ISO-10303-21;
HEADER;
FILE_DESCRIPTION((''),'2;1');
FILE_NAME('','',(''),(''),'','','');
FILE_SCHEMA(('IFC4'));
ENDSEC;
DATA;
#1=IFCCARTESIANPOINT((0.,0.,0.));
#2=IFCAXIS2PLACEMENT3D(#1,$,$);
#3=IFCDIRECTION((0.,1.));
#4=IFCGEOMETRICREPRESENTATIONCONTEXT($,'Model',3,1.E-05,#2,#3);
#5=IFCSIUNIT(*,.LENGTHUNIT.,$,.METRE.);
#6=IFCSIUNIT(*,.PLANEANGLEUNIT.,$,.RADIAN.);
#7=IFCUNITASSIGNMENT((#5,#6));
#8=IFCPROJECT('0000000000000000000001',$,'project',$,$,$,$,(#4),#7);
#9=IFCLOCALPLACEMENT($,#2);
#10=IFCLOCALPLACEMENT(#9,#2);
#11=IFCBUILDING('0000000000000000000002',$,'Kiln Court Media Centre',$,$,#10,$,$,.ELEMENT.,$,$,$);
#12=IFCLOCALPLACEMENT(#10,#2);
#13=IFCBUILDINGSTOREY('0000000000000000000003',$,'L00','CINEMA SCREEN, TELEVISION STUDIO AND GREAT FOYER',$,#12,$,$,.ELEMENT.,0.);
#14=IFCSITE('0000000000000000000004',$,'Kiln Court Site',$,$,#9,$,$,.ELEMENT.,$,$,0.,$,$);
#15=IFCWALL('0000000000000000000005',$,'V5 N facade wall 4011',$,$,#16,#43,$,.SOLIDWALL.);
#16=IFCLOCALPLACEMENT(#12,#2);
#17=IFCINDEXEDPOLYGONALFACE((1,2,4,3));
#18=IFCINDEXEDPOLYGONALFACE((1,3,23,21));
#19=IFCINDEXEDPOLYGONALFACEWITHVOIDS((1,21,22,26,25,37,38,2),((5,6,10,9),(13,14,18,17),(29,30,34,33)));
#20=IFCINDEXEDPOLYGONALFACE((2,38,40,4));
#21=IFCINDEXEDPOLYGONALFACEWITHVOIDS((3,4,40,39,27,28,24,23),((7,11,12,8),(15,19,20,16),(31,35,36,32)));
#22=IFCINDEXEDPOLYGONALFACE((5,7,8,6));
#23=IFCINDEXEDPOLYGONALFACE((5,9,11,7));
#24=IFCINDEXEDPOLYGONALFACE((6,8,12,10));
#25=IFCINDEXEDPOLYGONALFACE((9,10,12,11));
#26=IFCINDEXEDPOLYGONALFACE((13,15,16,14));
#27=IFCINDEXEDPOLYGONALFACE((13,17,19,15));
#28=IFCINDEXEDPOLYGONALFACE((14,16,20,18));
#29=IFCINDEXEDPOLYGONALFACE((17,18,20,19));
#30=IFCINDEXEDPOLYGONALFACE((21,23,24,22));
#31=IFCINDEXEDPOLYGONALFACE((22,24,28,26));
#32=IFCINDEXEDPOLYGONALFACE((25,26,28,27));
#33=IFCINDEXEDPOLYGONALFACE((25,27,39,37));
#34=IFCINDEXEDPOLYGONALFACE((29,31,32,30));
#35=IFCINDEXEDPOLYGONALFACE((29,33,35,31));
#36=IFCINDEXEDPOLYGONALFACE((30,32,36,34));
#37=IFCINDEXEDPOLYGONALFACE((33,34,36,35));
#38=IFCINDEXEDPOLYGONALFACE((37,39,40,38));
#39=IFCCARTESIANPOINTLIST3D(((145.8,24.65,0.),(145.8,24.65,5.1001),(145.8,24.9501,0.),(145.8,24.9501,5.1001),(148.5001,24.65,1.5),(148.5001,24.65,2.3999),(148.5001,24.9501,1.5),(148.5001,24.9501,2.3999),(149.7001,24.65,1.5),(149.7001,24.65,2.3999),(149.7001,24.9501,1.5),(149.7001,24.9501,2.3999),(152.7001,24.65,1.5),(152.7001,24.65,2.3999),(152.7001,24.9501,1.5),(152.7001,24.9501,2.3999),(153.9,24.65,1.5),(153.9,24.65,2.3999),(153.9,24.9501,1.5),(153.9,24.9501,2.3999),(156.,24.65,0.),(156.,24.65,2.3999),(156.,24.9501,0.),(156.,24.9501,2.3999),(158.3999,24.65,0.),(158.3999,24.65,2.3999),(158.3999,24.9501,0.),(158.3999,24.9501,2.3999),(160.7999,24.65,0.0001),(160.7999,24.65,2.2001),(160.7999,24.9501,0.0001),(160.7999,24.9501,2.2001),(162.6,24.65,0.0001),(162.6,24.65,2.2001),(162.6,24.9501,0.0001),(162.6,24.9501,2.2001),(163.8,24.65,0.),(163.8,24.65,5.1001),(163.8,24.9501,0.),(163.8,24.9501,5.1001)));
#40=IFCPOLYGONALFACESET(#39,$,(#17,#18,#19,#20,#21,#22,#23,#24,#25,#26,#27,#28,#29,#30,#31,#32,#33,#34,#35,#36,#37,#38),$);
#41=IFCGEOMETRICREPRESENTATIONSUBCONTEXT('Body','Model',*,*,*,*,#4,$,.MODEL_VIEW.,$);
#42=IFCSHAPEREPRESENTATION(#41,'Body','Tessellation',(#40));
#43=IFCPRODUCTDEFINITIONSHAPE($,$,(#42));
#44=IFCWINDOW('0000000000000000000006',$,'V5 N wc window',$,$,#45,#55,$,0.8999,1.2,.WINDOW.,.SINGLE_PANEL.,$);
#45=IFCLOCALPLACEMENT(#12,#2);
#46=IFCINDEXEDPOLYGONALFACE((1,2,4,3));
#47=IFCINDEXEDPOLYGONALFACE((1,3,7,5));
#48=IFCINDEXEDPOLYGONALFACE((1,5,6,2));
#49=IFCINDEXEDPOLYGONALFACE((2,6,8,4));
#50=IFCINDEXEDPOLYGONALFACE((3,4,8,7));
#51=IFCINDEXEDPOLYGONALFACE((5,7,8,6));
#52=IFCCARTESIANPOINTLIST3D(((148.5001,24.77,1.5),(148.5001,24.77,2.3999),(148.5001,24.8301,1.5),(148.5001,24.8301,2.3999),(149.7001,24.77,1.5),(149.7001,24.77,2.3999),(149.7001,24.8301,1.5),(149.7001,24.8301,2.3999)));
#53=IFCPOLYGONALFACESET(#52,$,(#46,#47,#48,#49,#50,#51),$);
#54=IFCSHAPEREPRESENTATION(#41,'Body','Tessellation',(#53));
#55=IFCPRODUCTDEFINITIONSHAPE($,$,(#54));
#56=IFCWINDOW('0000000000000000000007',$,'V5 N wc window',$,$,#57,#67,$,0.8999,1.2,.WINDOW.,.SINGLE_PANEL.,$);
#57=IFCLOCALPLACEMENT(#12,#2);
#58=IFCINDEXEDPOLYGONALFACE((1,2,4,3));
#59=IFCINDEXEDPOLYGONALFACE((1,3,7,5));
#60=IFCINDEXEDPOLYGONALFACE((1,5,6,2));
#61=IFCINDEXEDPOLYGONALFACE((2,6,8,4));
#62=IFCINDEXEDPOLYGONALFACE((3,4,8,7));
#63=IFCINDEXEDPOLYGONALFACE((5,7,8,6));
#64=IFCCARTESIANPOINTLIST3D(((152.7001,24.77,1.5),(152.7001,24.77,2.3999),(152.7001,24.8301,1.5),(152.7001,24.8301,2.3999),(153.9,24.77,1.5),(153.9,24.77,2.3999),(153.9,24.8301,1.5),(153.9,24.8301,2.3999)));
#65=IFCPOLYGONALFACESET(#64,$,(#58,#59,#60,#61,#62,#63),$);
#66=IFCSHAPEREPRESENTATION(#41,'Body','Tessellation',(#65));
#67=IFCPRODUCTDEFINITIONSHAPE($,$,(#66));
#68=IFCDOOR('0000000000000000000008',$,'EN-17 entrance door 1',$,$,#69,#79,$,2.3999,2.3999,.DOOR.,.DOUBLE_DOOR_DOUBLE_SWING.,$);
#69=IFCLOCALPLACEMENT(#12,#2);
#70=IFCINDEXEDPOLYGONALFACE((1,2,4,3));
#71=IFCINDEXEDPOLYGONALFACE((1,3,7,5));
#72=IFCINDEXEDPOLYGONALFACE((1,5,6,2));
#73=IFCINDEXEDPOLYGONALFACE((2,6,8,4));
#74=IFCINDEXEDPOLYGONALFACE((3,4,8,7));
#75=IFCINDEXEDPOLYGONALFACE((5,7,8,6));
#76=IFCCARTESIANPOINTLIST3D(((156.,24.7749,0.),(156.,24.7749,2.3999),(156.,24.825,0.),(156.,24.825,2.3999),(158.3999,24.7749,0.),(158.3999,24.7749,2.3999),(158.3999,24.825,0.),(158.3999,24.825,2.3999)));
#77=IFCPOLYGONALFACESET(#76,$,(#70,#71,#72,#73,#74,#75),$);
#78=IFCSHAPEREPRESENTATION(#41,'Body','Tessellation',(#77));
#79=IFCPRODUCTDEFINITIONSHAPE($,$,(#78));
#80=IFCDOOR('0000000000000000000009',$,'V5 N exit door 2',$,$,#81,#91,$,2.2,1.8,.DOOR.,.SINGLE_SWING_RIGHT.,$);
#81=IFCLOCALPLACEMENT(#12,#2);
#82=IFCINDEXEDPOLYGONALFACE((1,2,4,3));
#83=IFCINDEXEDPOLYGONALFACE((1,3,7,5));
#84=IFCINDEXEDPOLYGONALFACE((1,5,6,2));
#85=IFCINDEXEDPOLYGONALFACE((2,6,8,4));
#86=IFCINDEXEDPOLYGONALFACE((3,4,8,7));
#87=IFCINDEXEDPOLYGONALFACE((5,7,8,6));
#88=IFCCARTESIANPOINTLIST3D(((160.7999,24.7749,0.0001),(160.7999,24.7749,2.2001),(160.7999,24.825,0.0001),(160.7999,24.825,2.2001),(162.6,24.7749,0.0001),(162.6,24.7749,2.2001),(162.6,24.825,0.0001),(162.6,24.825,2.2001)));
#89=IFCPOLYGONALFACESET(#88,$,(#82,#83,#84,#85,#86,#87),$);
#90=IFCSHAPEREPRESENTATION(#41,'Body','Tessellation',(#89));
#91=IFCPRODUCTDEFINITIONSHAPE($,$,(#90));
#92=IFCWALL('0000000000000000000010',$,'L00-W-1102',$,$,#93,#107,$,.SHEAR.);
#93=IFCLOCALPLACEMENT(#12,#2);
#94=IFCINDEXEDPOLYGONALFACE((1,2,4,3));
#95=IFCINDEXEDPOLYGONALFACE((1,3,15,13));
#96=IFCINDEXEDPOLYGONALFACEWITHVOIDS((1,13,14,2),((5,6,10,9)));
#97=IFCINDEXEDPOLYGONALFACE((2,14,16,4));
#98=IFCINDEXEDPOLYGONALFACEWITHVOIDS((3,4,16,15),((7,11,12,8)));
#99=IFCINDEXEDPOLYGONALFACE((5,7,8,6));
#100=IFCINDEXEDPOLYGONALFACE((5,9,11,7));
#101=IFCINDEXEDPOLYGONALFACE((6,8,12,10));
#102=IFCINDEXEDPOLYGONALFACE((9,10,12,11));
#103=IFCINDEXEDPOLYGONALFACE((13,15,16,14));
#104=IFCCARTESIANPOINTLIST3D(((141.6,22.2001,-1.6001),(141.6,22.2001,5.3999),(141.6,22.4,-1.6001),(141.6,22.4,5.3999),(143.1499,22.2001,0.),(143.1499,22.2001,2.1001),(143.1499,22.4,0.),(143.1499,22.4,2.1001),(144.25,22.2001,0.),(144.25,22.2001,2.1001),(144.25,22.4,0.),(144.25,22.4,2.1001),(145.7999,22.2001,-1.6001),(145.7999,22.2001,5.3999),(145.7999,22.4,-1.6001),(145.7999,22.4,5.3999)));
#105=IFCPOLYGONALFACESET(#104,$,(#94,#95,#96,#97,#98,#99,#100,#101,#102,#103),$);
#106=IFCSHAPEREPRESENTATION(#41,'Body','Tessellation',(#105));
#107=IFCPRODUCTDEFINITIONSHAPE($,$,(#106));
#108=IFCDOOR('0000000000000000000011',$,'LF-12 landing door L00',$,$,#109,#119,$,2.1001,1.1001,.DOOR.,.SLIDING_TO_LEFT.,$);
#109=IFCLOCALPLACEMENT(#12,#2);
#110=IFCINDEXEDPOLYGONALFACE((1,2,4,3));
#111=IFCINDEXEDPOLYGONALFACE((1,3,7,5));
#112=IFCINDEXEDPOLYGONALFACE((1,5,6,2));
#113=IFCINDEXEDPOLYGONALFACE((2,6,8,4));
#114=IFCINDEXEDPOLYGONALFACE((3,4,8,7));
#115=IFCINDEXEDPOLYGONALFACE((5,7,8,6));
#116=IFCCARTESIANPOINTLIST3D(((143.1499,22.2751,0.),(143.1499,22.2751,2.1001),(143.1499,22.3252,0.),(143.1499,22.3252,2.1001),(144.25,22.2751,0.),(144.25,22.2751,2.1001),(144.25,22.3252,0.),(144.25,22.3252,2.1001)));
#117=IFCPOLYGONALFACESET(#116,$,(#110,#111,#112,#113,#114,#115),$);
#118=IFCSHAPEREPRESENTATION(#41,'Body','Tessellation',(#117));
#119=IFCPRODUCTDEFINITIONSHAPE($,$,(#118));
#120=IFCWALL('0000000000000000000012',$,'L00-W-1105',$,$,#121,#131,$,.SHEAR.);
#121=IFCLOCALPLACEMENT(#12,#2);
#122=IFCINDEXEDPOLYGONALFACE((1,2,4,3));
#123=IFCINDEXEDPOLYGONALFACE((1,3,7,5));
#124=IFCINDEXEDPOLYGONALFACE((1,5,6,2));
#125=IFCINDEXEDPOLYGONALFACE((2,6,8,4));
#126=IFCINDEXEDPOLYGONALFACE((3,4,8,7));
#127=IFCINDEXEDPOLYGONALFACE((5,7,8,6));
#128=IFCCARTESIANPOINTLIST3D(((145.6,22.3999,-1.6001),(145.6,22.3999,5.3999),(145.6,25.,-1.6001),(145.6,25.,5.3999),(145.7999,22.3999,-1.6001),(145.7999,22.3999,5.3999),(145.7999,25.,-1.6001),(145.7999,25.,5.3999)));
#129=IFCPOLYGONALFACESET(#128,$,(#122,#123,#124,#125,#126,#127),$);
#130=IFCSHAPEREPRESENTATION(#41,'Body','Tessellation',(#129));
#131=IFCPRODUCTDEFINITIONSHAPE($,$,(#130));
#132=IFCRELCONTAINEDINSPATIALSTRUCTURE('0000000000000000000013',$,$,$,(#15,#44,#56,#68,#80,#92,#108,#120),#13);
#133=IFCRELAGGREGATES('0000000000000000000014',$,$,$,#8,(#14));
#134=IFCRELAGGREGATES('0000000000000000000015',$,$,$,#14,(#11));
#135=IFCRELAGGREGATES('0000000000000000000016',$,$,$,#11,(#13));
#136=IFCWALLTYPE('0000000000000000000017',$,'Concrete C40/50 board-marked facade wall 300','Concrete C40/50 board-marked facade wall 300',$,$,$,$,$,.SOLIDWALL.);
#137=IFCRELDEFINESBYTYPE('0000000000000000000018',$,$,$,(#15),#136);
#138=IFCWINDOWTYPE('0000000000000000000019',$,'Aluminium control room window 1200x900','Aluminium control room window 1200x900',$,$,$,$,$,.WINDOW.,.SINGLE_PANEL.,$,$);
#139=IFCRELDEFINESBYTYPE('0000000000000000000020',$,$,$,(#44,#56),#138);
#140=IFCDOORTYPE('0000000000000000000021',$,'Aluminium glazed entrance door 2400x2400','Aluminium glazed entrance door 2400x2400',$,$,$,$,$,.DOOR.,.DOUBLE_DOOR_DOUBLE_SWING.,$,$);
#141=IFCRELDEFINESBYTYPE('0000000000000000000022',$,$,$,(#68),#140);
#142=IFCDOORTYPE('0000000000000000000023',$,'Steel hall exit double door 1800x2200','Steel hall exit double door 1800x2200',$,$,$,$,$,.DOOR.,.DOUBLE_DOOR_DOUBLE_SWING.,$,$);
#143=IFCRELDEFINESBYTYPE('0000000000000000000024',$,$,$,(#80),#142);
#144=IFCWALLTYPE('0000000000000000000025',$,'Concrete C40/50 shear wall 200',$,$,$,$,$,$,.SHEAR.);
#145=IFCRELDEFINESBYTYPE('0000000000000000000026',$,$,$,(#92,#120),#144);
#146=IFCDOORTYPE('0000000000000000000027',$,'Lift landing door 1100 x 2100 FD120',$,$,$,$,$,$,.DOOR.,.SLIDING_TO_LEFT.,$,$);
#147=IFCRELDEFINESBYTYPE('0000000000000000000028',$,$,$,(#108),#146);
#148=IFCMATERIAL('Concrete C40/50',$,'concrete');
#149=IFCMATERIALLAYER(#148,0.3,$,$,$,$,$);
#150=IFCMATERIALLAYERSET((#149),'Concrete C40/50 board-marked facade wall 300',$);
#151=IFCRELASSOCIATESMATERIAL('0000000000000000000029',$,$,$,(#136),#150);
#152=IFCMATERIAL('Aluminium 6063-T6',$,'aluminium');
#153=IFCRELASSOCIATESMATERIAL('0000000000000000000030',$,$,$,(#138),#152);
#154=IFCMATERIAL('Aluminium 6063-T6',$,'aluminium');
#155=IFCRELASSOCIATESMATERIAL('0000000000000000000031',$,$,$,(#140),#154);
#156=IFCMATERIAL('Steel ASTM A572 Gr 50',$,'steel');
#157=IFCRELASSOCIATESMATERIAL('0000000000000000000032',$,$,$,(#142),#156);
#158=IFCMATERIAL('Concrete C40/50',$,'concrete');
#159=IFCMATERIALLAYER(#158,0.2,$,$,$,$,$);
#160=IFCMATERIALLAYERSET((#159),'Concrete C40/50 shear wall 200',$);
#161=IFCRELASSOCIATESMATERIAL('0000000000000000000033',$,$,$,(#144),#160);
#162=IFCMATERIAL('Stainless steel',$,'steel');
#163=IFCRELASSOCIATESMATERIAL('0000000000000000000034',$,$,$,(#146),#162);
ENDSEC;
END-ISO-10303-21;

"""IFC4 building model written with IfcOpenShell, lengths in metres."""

from ifc_helpers import new_model, si_unit, direction, frame, frame_2d, origin, place, context, subcontext, project, spatial, rectangle, extrude, material, layer, layer_set, type_object, element, fill, save


model = new_model("IFC4")

# Units and contexts
model_context = context("Model", 3, precision=1e-05, world=origin(), true_north=direction((0.0, 1.0)))
body_context = subcontext(model_context, "Body", "Model", "MODEL_VIEW")
ifc_project = project(units=[si_unit("LENGTHUNIT", "METRE"), si_unit("PLANEANGLEUNIT", "RADIAN")], contexts=[model_context])

# Site, building, storey
site_placement = place(None, origin())
site = spatial("IfcSite", under=ifc_project, at=site_placement, Name="Kiln Court Site", CompositionType="ELEMENT", RefElevation=0.0)
building_placement = place(site_placement, origin())
building = spatial("IfcBuilding", under=site, at=building_placement, Name="Kiln Court Media Centre", CompositionType="ELEMENT")
storey_placement = place(building_placement, origin())
storey = spatial("IfcBuildingStorey", under=building, at=storey_placement, Name="L00", Description="CINEMA SCREEN, TELEVISION STUDIO AND GREAT FOYER", CompositionType="ELEMENT", Elevation=0.0)

# Wall, openings, windows, doors
ifc_material_1 = material(Name="Concrete C40/50", Category="concrete")
ifc_layer_1 = layer(ifc_material_1, 0.3)
ifc_layer_set_1 = layer_set([ifc_layer_1], Name="Concrete C40/50 board-marked facade wall 300")
wall_type_1 = type_object("IfcWallType", Name="Concrete C40/50 board-marked facade wall 300", Description="Concrete C40/50 board-marked facade wall 300", PredefinedType="SOLIDWALL", material=ifc_layer_set_1)
wall_1_placement = place(storey_placement, frame((145.8, 24.8, 0.0), z_axis=(0.0, 0.0, 1.0), x_axis=(1.0, 0.0, 0.0)))
wall_1 = element("IfcWall", 1, at=wall_1_placement, inside=storey, type_object=wall_type_1, Name="V5 N facade wall 4011", PredefinedType="SOLIDWALL", context=body_context, shape_type="SweptSolid", body=[
    extrude(rectangle(XDim=18.0, YDim=0.3, at=frame_2d((9.0, 0.0))), origin(), (0.0, 0.0, 1.0), 5.1001),
])
opening_1_placement = place(wall_1_placement, frame((10.2, 0.0, 0.0)))
opening_1 = element("IfcOpeningElement", 2, at=opening_1_placement, cuts=wall_1, PredefinedType="OPENING", context=body_context, shape_type="SweptSolid", body=[
    extrude(rectangle(XDim=2.3999, YDim=2.3999, at=frame_2d((1.2, 1.2))), frame((0.0, 0.1599, 0.0), z_axis=(0.0, -1.0, 0.0), x_axis=(1.0, 0.0, 0.0)), (0.0, 0.0, 1.0), 0.3201),
])
opening_2_placement = place(wall_1_placement, frame((15.0, 0.0, 0.0)))
opening_2 = element("IfcOpeningElement", 3, at=opening_2_placement, cuts=wall_1, PredefinedType="OPENING", context=body_context, shape_type="SweptSolid", body=[
    extrude(rectangle(XDim=1.8, YDim=2.2, at=frame_2d((0.8999, 1.1001))), frame((0.0, 0.1599, 0.0), z_axis=(0.0, -1.0, 0.0), x_axis=(1.0, 0.0, 0.0)), (0.0, 0.0, 1.0), 0.3201),
])
opening_3_placement = place(wall_1_placement, frame((2.7, 0.0, 1.5)))
opening_3 = element("IfcOpeningElement", 4, at=opening_3_placement, cuts=wall_1, PredefinedType="OPENING", context=body_context, shape_type="SweptSolid", body=[
    extrude(rectangle(XDim=1.2, YDim=0.8999, at=frame_2d((0.6001, 0.45))), frame((0.0, 0.1599, 0.0), z_axis=(0.0, -1.0, 0.0), x_axis=(1.0, 0.0, 0.0)), (0.0, 0.0, 1.0), 0.3201),
])
opening_4_placement = place(wall_1_placement, frame((6.8999, 0.0, 1.5)))
opening_4 = element("IfcOpeningElement", 5, at=opening_4_placement, cuts=wall_1, PredefinedType="OPENING", context=body_context, shape_type="SweptSolid", body=[
    extrude(rectangle(XDim=1.2, YDim=0.8999, at=frame_2d((0.6001, 0.45))), frame((0.0, 0.1599, 0.0), z_axis=(0.0, -1.0, 0.0), x_axis=(1.0, 0.0, 0.0)), (0.0, 0.0, 1.0), 0.3201),
])
ifc_material_2 = material(Name="Aluminium 6063-T6", Category="aluminium")
window_type = type_object("IfcWindowType", Name="Aluminium control room window 1200x900", Description="Aluminium control room window 1200x900", PartitioningType="SINGLE_PANEL", PredefinedType="WINDOW", material=ifc_material_2)
window_1_placement = place(opening_3_placement, origin())
window_1 = element("IfcWindow", 6, at=window_1_placement, inside=storey, type_object=window_type, Name="V5 N wc window", OverallHeight=0.8999, OverallWidth=1.2, PartitioningType="SINGLE_PANEL", PredefinedType="WINDOW", context=body_context, shape_type="SweptSolid", body=[
    extrude(rectangle(XDim=1.2, YDim=0.8999, at=frame_2d((0.6001, 0.45))), frame((0.0, 0.03, 0.0), z_axis=(0.0, -1.0, 0.0), x_axis=(1.0, 0.0, 0.0)), (0.0, 0.0, 1.0), 0.0601),
])
fill(opening_3, window_1)
window_2_placement = place(opening_4_placement, origin())
window_2 = element("IfcWindow", 7, at=window_2_placement, inside=storey, type_object=window_type, Name="V5 N wc window", OverallHeight=0.8999, OverallWidth=1.2, PartitioningType="SINGLE_PANEL", PredefinedType="WINDOW", context=body_context, shape_type="SweptSolid", body=[
    extrude(rectangle(XDim=1.2, YDim=0.8999, at=frame_2d((0.6001, 0.45))), frame((0.0, 0.03, 0.0), z_axis=(0.0, -1.0, 0.0), x_axis=(1.0, 0.0, 0.0)), (0.0, 0.0, 1.0), 0.0601),
])
fill(opening_4, window_2)
ifc_material_3 = material(Name="Aluminium 6063-T6", Category="aluminium")
door_type_1 = type_object("IfcDoorType", Name="Aluminium glazed entrance door 2400x2400", Description="Aluminium glazed entrance door 2400x2400", OperationType="DOUBLE_DOOR_DOUBLE_SWING", PredefinedType="DOOR", material=ifc_material_3)
door_1_placement = place(opening_1_placement, origin())
door_1 = element("IfcDoor", 8, at=door_1_placement, inside=storey, type_object=door_type_1, Name="EN-17 entrance door 1", OperationType="DOUBLE_DOOR_DOUBLE_SWING", OverallHeight=2.3999, OverallWidth=2.3999, PredefinedType="DOOR", context=body_context, shape_type="SweptSolid", body=[
    extrude(rectangle(XDim=2.3999, YDim=2.3999, at=frame_2d((1.2, 1.2))), frame((0.0, 0.0249, 0.0), z_axis=(0.0, -1.0, 0.0), x_axis=(1.0, 0.0, 0.0)), (0.0, 0.0, 1.0), 0.05),
])
fill(opening_1, door_1)
ifc_material_4 = material(Name="Steel ASTM A572 Gr 50", Category="steel")
door_type_2 = type_object("IfcDoorType", Name="Steel hall exit double door 1800x2200", Description="Steel hall exit double door 1800x2200", OperationType="DOUBLE_DOOR_DOUBLE_SWING", PredefinedType="DOOR", material=ifc_material_4)
door_2_placement = place(opening_2_placement, origin())
door_2 = element("IfcDoor", 9, at=door_2_placement, inside=storey, type_object=door_type_2, Name="V5 N exit door 2", OperationType="SINGLE_SWING_RIGHT", OverallHeight=2.2, OverallWidth=1.8, PredefinedType="DOOR", context=body_context, shape_type="SweptSolid", body=[
    extrude(rectangle(XDim=1.8, YDim=2.2, at=frame_2d((0.8999, 1.1001))), frame((0.0, 0.0249, 0.0), z_axis=(0.0, -1.0, 0.0), x_axis=(1.0, 0.0, 0.0)), (0.0, 0.0, 1.0), 0.05),
])
fill(opening_2, door_2)

# Wall, opening, door
ifc_material_5 = material(Name="Concrete C40/50", Category="concrete")
ifc_layer_2 = layer(ifc_material_5, 0.2)
ifc_layer_set_2 = layer_set([ifc_layer_2], Name="Concrete C40/50 shear wall 200")
wall_type_2 = type_object("IfcWallType", Name="Concrete C40/50 shear wall 200", PredefinedType="SHEAR", material=ifc_layer_set_2)
wall_2_placement = place(storey_placement, frame((145.8, 22.3, -1.6001), z_axis=(0.0, 0.0, 1.0), x_axis=(-1.0, 0.0, 0.0)))
wall_2 = element("IfcWall", 10, at=wall_2_placement, inside=storey, type_object=wall_type_2, Name="L00-W-1102", PredefinedType="SHEAR", context=body_context, shape_type="SweptSolid", body=[
    extrude(rectangle(XDim=4.2, YDim=0.2, at=frame_2d((2.1001, 0.0))), origin(), (0.0, 0.0, 1.0), 7.0),
])
opening_5_placement = place(wall_2_placement, frame((1.55, 0.0, 1.6001)))
opening_5 = element("IfcOpeningElement", 11, at=opening_5_placement, cuts=wall_2, PredefinedType="OPENING", context=body_context, shape_type="SweptSolid", body=[
    extrude(rectangle(XDim=1.1001, YDim=2.1001, at=frame_2d((0.55, 1.05))), frame((0.0, 0.1099, 0.0), z_axis=(0.0, -1.0, 0.0), x_axis=(1.0, 0.0, 0.0)), (0.0, 0.0, 1.0), 0.22),
])
ifc_material_6 = material(Name="Stainless steel", Category="steel")
door_type_3 = type_object("IfcDoorType", Name="Lift landing door 1100 x 2100 FD120", OperationType="SLIDING_TO_LEFT", PredefinedType="DOOR", material=ifc_material_6)
door_3_placement = place(opening_5_placement, origin())
door_3 = element("IfcDoor", 12, at=door_3_placement, inside=storey, type_object=door_type_3, Name="LF-12 landing door L00", OperationType="SLIDING_TO_LEFT", OverallHeight=2.1001, OverallWidth=1.1001, PredefinedType="DOOR", context=body_context, shape_type="SweptSolid", body=[
    extrude(rectangle(XDim=1.1001, YDim=2.1001, at=frame_2d((0.55, 1.05))), frame((0.0, 0.0249, 0.0), z_axis=(0.0, -1.0, 0.0), x_axis=(1.0, 0.0, 0.0)), (0.0, 0.0, 1.0), 0.05),
])
fill(opening_5, door_3)

# Wall
wall_3_placement = place(storey_placement, frame((145.7, 25.0, -1.6001), z_axis=(0.0, 0.0, 1.0), x_axis=(0.0, -1.0, 0.0)))
element("IfcWall", 13, at=wall_3_placement, inside=storey, type_object=wall_type_2, Name="L00-W-1105", PredefinedType="SHEAR", context=body_context, shape_type="SweptSolid", body=[
    extrude(rectangle(XDim=2.6001, YDim=0.2, at=frame_2d((1.3, 0.0))), origin(), (0.0, 0.0, 1.0), 7.0),
])

save(model, "model.ifc")
